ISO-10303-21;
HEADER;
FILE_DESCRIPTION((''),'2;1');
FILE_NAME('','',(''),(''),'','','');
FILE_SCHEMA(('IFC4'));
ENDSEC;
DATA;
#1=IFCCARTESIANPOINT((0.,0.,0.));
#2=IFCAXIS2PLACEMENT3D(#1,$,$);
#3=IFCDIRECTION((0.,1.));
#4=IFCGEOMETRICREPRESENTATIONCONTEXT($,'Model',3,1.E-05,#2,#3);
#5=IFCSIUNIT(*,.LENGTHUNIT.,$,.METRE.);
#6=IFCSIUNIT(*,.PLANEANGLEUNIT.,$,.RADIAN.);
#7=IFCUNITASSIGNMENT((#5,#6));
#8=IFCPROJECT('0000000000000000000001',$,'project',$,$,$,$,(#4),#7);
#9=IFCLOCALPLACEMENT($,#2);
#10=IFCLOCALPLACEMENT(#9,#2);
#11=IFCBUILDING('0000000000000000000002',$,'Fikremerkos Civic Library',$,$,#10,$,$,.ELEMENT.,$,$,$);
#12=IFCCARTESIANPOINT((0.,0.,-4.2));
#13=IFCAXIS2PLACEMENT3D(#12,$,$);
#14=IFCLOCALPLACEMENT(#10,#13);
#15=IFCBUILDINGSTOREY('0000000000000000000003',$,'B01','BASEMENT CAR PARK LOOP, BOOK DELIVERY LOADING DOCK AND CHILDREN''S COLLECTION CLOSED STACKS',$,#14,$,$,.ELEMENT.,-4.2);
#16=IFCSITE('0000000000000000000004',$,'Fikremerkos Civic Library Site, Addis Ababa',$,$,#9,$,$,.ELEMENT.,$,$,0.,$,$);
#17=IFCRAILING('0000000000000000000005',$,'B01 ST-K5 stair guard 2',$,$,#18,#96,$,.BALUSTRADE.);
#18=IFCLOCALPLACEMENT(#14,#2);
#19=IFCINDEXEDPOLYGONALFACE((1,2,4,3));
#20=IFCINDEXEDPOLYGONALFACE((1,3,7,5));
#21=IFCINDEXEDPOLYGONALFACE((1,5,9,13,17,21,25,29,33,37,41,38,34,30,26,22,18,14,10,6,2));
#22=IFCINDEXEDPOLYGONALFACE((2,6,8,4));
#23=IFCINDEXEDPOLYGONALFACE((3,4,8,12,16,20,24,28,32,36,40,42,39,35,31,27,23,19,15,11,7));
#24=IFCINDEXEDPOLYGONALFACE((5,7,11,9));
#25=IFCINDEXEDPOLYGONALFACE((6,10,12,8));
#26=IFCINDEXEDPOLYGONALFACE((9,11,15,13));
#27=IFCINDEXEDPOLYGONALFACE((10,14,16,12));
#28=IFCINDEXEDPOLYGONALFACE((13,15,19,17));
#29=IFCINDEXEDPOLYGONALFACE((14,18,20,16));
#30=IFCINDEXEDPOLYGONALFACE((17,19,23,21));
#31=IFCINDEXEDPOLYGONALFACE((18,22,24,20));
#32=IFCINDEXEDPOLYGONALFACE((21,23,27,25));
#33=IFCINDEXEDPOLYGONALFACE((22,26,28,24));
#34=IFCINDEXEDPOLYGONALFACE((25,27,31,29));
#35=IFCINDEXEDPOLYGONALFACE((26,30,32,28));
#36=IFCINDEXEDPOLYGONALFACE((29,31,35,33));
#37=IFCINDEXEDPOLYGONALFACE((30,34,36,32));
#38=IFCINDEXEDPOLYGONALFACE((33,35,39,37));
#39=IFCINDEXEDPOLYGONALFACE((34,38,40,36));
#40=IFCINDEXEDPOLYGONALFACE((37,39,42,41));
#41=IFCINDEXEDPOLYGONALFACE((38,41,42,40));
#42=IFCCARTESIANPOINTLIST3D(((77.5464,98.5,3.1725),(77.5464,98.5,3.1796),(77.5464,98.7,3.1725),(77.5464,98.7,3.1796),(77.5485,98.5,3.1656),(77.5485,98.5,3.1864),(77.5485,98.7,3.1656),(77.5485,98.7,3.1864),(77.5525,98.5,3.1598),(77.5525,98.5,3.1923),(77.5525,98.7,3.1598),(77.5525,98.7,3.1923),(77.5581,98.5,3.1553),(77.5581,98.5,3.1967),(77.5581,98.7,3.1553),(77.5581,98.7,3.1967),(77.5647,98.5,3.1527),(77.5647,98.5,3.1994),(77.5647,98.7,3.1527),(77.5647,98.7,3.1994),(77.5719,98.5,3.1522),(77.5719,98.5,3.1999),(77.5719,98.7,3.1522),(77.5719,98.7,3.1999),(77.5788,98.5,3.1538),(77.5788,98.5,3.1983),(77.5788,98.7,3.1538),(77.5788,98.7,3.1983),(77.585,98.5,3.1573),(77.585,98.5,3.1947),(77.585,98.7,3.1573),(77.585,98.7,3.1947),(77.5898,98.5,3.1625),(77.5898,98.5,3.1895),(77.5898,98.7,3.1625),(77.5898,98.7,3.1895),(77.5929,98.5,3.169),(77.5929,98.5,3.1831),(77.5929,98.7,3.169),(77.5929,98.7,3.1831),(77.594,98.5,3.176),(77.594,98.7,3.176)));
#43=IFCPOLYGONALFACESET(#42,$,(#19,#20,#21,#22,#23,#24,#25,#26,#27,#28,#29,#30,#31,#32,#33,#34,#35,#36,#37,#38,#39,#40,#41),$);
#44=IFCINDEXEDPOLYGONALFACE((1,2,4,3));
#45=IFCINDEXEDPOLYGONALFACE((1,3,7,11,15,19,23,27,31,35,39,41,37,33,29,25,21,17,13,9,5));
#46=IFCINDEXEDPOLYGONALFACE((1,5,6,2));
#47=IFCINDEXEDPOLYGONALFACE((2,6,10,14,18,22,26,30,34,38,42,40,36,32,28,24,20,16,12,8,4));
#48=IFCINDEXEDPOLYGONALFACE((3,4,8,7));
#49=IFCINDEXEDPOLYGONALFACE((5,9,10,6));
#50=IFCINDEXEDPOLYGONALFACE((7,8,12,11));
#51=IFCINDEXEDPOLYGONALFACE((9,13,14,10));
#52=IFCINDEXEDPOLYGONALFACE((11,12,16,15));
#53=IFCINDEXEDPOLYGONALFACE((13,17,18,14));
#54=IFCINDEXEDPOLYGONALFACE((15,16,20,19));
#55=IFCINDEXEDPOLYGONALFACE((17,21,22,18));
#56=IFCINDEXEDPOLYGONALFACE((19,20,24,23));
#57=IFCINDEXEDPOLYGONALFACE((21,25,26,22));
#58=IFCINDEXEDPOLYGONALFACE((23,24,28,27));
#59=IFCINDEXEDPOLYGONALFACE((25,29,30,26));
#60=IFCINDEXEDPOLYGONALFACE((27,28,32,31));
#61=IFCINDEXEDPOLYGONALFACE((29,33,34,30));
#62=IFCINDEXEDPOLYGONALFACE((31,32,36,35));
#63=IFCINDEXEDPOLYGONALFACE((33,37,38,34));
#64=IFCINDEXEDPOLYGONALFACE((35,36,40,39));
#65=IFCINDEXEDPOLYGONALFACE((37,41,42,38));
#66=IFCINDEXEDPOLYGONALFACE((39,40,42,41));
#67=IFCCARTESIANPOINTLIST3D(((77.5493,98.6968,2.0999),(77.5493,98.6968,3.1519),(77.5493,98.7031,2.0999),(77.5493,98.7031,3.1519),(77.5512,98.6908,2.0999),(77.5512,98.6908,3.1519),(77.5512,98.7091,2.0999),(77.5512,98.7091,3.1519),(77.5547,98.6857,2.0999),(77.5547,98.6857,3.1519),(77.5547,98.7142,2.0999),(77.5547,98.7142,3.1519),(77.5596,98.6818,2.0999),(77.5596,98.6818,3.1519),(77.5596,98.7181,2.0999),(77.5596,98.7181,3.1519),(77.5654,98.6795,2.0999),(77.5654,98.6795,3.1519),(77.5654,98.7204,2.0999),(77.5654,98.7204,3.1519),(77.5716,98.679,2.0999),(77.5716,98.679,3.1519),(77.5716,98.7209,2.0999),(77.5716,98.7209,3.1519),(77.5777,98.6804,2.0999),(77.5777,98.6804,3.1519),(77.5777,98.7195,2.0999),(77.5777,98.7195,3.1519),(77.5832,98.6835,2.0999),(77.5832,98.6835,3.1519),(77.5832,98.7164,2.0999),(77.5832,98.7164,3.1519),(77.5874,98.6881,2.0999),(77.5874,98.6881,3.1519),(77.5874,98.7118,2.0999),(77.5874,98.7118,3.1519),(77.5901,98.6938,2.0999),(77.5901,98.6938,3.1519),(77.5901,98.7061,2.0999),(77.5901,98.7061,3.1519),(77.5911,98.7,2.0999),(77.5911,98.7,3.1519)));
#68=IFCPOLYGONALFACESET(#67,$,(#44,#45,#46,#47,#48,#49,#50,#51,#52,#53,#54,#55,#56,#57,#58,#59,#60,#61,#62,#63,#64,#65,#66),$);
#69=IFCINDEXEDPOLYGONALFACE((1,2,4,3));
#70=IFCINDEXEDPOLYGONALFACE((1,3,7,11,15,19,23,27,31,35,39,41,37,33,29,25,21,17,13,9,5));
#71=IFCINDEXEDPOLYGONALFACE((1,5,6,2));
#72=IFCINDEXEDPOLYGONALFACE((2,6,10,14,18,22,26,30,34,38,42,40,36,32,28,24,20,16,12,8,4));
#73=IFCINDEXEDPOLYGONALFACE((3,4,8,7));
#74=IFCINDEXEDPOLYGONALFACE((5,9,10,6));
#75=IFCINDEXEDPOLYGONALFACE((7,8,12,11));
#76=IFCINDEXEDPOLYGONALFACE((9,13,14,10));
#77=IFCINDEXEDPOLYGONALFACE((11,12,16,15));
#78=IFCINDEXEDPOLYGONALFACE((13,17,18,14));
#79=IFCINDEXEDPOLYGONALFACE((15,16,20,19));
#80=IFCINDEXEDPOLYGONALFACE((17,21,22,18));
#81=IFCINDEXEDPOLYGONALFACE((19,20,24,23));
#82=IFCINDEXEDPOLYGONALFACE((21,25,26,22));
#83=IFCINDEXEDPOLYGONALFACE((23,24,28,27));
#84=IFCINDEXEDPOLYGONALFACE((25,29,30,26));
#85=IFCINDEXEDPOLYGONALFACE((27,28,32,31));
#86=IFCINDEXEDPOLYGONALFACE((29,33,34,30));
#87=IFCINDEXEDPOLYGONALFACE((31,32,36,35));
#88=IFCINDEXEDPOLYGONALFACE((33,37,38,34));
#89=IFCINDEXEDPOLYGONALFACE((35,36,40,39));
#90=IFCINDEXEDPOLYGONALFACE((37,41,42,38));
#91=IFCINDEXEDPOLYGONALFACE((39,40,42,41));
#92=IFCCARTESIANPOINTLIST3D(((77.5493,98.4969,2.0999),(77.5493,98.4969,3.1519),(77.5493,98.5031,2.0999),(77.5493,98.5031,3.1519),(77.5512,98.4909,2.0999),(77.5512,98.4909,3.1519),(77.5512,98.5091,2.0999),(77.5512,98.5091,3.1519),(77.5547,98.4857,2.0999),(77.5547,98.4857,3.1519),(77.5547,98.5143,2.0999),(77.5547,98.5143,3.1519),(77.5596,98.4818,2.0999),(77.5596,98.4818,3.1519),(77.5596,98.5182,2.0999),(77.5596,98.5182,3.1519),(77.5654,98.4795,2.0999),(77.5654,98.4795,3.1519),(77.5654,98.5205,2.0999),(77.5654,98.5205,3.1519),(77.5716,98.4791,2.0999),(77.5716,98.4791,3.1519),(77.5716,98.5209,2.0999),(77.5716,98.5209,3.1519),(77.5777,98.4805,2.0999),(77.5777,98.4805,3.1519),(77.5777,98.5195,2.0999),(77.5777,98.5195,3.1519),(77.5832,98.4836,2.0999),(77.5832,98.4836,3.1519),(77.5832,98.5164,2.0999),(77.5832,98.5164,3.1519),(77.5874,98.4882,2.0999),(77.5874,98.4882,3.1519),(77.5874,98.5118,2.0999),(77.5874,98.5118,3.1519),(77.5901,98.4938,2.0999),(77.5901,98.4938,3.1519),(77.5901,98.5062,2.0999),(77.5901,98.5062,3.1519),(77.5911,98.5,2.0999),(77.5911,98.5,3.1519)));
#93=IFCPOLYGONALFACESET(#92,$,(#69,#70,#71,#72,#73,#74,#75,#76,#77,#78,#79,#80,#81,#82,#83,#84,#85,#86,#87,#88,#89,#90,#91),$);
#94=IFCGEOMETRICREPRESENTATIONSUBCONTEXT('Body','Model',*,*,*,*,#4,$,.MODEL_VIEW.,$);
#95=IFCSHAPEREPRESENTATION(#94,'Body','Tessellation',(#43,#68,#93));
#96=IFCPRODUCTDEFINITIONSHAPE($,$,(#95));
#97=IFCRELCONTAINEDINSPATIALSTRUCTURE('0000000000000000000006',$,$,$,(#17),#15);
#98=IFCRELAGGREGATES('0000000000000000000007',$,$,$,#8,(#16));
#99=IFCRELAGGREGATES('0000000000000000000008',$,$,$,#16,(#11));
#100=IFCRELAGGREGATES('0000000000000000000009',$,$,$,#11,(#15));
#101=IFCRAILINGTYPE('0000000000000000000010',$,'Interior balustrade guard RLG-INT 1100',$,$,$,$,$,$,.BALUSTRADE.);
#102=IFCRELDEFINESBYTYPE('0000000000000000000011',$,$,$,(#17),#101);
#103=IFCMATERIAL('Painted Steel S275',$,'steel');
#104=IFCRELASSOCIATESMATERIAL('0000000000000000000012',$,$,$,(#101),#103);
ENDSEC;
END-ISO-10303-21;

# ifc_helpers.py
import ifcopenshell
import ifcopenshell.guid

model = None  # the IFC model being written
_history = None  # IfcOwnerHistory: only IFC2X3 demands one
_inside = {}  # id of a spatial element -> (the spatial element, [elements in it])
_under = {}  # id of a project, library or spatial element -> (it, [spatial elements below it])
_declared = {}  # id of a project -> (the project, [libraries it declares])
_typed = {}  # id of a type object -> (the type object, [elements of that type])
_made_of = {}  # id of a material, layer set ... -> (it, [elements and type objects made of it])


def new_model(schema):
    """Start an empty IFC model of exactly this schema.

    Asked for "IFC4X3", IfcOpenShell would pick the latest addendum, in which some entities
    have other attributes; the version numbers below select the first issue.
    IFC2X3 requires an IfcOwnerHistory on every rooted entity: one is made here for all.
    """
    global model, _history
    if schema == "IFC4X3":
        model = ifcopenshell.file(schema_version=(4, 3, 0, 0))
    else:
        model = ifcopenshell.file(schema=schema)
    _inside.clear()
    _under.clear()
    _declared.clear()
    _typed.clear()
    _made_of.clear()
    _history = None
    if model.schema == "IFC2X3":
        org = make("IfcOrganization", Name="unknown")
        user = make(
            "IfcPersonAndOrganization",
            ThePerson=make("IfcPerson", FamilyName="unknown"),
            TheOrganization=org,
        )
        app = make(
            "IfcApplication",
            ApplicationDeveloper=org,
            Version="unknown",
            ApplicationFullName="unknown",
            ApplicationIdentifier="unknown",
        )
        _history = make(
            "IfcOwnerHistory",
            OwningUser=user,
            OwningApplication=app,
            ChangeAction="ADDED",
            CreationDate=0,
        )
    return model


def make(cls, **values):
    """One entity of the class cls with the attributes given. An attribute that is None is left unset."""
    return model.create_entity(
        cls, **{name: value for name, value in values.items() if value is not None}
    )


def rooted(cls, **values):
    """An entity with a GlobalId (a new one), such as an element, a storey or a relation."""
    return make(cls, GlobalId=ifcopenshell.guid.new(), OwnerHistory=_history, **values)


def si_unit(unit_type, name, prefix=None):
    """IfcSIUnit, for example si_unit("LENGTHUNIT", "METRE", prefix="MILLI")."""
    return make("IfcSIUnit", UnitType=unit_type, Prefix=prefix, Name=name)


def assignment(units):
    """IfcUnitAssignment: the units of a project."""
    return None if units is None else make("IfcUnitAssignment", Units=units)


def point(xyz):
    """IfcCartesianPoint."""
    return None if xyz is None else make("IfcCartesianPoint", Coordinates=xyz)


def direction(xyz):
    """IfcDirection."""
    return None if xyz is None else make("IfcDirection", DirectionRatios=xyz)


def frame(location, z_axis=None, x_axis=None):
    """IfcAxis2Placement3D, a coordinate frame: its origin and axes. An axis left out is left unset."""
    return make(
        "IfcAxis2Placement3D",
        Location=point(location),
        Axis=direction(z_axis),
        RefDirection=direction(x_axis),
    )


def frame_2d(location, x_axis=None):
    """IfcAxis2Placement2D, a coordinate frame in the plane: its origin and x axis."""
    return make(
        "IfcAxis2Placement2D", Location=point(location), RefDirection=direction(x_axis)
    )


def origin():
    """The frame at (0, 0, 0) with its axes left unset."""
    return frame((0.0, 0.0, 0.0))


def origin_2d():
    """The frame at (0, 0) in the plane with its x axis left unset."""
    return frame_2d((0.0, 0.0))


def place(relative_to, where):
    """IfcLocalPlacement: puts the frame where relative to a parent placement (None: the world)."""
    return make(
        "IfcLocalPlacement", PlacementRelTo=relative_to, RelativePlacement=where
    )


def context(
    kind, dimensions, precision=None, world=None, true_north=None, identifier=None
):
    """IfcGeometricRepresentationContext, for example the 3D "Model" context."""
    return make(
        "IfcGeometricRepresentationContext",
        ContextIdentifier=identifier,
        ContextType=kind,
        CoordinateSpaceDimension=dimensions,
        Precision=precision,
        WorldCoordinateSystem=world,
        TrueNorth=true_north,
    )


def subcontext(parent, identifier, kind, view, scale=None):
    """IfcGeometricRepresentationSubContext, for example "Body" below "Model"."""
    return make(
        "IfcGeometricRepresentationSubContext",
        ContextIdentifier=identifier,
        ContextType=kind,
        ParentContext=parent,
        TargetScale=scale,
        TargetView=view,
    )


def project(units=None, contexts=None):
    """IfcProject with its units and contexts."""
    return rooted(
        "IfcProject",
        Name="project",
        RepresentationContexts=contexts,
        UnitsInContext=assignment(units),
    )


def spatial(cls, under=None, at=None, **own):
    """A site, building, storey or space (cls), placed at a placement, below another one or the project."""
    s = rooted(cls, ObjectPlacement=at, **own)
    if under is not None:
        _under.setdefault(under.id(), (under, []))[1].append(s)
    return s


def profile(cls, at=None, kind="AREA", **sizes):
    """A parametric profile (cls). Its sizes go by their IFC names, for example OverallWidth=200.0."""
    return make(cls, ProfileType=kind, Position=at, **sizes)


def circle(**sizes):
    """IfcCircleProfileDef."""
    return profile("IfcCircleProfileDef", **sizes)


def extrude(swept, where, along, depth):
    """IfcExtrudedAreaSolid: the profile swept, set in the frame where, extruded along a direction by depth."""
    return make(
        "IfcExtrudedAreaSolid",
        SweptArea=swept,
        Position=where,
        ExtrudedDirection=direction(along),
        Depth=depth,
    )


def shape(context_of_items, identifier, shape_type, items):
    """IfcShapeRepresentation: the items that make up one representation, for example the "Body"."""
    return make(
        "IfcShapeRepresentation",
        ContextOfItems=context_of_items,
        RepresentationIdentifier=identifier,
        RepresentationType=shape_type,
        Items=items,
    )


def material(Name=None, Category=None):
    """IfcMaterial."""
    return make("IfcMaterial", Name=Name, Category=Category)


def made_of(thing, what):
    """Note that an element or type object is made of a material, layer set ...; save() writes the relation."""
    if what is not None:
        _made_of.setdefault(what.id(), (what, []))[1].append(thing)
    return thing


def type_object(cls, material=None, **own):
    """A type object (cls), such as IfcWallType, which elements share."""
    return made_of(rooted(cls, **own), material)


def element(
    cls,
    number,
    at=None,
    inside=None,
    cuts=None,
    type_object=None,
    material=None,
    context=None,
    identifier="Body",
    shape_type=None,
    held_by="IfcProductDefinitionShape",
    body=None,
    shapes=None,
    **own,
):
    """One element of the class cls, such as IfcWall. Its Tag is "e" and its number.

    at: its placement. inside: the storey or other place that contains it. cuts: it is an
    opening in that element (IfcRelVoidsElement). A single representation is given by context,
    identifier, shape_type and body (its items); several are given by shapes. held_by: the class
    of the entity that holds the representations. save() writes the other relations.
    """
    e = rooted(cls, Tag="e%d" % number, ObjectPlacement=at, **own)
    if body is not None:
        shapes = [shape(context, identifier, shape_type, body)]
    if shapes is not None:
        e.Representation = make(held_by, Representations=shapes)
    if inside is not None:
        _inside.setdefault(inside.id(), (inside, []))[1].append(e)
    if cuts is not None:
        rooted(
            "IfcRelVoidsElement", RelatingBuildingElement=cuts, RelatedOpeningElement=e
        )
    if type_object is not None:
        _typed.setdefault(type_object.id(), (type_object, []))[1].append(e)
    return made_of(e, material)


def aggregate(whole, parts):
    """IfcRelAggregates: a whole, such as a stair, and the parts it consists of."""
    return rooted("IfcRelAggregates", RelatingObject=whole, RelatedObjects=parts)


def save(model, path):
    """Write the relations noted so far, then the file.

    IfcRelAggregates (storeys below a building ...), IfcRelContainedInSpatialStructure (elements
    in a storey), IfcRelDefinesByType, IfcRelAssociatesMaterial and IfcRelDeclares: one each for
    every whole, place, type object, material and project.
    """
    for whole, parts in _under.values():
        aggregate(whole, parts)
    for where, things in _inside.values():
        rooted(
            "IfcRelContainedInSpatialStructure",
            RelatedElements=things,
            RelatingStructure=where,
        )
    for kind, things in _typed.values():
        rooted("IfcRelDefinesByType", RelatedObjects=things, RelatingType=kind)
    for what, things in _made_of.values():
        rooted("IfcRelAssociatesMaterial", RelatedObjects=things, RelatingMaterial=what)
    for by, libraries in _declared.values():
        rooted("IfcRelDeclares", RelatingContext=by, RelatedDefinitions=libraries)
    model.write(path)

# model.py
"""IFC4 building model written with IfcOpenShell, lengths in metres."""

from ifc_helpers import new_model, si_unit, direction, frame, origin, origin_2d, place, context, subcontext, project, spatial, circle, extrude, material, type_object, element, save


model = new_model("IFC4")

# Units and contexts
model_context = context("Model", 3, precision=1e-05, world=origin(), true_north=direction((0.0, 1.0)))
body_context = subcontext(model_context, "Body", "Model", "MODEL_VIEW")
ifc_project = project(units=[si_unit("LENGTHUNIT", "METRE"), si_unit("PLANEANGLEUNIT", "RADIAN")], contexts=[model_context])

# Site, building, storey
site_placement = place(None, origin())
site = spatial("IfcSite", under=ifc_project, at=site_placement, Name="Fikremerkos Civic Library Site, Addis Ababa", CompositionType="ELEMENT", RefElevation=0.0)
building_placement = place(site_placement, origin())
building = spatial("IfcBuilding", under=site, at=building_placement, Name="Fikremerkos Civic Library", CompositionType="ELEMENT")
storey_placement = place(building_placement, frame((0.0, 0.0, -4.2)))
storey = spatial("IfcBuildingStorey", under=building, at=storey_placement, Name="B01", Description="BASEMENT CAR PARK LOOP, BOOK DELIVERY LOADING DOCK AND CHILDREN'S COLLECTION CLOSED STACKS", CompositionType="ELEMENT", Elevation=-4.2)

# Railing
ifc_material_1 = material(Name="Painted Steel S275", Category="steel")
railing_type_1 = type_object("IfcRailingType", Name="Interior balustrade guard RLG-INT 1100", PredefinedType="BALUSTRADE", material=ifc_material_1)
railing_1_placement = place(storey_placement, frame((77.5701, 98.7, 2.0999)))
element("IfcRailing", 1, at=railing_1_placement, inside=storey, type_object=railing_type_1, Name="B01 ST-K5 stair guard 2", PredefinedType="BALUSTRADE", context=body_context, shape_type="SweptSolid", body=[
    extrude(circle(Radius=0.0239, at=origin_2d()), frame((0.0, 0.0, 1.0762), z_axis=(0.0, -1.0, 0.0), x_axis=(1.0, 0.0, 0.0)), (0.0, 0.0, 1.0), 0.2),
    extrude(circle(Radius=0.021, at=origin_2d()), origin(), (0.0, 0.0, 1.0), 1.052),
    extrude(circle(Radius=0.021, at=origin_2d()), frame((0.0, -0.2, 0.0)), (0.0, 0.0, 1.0), 1.052),
])

save(model, "model.ifc")
